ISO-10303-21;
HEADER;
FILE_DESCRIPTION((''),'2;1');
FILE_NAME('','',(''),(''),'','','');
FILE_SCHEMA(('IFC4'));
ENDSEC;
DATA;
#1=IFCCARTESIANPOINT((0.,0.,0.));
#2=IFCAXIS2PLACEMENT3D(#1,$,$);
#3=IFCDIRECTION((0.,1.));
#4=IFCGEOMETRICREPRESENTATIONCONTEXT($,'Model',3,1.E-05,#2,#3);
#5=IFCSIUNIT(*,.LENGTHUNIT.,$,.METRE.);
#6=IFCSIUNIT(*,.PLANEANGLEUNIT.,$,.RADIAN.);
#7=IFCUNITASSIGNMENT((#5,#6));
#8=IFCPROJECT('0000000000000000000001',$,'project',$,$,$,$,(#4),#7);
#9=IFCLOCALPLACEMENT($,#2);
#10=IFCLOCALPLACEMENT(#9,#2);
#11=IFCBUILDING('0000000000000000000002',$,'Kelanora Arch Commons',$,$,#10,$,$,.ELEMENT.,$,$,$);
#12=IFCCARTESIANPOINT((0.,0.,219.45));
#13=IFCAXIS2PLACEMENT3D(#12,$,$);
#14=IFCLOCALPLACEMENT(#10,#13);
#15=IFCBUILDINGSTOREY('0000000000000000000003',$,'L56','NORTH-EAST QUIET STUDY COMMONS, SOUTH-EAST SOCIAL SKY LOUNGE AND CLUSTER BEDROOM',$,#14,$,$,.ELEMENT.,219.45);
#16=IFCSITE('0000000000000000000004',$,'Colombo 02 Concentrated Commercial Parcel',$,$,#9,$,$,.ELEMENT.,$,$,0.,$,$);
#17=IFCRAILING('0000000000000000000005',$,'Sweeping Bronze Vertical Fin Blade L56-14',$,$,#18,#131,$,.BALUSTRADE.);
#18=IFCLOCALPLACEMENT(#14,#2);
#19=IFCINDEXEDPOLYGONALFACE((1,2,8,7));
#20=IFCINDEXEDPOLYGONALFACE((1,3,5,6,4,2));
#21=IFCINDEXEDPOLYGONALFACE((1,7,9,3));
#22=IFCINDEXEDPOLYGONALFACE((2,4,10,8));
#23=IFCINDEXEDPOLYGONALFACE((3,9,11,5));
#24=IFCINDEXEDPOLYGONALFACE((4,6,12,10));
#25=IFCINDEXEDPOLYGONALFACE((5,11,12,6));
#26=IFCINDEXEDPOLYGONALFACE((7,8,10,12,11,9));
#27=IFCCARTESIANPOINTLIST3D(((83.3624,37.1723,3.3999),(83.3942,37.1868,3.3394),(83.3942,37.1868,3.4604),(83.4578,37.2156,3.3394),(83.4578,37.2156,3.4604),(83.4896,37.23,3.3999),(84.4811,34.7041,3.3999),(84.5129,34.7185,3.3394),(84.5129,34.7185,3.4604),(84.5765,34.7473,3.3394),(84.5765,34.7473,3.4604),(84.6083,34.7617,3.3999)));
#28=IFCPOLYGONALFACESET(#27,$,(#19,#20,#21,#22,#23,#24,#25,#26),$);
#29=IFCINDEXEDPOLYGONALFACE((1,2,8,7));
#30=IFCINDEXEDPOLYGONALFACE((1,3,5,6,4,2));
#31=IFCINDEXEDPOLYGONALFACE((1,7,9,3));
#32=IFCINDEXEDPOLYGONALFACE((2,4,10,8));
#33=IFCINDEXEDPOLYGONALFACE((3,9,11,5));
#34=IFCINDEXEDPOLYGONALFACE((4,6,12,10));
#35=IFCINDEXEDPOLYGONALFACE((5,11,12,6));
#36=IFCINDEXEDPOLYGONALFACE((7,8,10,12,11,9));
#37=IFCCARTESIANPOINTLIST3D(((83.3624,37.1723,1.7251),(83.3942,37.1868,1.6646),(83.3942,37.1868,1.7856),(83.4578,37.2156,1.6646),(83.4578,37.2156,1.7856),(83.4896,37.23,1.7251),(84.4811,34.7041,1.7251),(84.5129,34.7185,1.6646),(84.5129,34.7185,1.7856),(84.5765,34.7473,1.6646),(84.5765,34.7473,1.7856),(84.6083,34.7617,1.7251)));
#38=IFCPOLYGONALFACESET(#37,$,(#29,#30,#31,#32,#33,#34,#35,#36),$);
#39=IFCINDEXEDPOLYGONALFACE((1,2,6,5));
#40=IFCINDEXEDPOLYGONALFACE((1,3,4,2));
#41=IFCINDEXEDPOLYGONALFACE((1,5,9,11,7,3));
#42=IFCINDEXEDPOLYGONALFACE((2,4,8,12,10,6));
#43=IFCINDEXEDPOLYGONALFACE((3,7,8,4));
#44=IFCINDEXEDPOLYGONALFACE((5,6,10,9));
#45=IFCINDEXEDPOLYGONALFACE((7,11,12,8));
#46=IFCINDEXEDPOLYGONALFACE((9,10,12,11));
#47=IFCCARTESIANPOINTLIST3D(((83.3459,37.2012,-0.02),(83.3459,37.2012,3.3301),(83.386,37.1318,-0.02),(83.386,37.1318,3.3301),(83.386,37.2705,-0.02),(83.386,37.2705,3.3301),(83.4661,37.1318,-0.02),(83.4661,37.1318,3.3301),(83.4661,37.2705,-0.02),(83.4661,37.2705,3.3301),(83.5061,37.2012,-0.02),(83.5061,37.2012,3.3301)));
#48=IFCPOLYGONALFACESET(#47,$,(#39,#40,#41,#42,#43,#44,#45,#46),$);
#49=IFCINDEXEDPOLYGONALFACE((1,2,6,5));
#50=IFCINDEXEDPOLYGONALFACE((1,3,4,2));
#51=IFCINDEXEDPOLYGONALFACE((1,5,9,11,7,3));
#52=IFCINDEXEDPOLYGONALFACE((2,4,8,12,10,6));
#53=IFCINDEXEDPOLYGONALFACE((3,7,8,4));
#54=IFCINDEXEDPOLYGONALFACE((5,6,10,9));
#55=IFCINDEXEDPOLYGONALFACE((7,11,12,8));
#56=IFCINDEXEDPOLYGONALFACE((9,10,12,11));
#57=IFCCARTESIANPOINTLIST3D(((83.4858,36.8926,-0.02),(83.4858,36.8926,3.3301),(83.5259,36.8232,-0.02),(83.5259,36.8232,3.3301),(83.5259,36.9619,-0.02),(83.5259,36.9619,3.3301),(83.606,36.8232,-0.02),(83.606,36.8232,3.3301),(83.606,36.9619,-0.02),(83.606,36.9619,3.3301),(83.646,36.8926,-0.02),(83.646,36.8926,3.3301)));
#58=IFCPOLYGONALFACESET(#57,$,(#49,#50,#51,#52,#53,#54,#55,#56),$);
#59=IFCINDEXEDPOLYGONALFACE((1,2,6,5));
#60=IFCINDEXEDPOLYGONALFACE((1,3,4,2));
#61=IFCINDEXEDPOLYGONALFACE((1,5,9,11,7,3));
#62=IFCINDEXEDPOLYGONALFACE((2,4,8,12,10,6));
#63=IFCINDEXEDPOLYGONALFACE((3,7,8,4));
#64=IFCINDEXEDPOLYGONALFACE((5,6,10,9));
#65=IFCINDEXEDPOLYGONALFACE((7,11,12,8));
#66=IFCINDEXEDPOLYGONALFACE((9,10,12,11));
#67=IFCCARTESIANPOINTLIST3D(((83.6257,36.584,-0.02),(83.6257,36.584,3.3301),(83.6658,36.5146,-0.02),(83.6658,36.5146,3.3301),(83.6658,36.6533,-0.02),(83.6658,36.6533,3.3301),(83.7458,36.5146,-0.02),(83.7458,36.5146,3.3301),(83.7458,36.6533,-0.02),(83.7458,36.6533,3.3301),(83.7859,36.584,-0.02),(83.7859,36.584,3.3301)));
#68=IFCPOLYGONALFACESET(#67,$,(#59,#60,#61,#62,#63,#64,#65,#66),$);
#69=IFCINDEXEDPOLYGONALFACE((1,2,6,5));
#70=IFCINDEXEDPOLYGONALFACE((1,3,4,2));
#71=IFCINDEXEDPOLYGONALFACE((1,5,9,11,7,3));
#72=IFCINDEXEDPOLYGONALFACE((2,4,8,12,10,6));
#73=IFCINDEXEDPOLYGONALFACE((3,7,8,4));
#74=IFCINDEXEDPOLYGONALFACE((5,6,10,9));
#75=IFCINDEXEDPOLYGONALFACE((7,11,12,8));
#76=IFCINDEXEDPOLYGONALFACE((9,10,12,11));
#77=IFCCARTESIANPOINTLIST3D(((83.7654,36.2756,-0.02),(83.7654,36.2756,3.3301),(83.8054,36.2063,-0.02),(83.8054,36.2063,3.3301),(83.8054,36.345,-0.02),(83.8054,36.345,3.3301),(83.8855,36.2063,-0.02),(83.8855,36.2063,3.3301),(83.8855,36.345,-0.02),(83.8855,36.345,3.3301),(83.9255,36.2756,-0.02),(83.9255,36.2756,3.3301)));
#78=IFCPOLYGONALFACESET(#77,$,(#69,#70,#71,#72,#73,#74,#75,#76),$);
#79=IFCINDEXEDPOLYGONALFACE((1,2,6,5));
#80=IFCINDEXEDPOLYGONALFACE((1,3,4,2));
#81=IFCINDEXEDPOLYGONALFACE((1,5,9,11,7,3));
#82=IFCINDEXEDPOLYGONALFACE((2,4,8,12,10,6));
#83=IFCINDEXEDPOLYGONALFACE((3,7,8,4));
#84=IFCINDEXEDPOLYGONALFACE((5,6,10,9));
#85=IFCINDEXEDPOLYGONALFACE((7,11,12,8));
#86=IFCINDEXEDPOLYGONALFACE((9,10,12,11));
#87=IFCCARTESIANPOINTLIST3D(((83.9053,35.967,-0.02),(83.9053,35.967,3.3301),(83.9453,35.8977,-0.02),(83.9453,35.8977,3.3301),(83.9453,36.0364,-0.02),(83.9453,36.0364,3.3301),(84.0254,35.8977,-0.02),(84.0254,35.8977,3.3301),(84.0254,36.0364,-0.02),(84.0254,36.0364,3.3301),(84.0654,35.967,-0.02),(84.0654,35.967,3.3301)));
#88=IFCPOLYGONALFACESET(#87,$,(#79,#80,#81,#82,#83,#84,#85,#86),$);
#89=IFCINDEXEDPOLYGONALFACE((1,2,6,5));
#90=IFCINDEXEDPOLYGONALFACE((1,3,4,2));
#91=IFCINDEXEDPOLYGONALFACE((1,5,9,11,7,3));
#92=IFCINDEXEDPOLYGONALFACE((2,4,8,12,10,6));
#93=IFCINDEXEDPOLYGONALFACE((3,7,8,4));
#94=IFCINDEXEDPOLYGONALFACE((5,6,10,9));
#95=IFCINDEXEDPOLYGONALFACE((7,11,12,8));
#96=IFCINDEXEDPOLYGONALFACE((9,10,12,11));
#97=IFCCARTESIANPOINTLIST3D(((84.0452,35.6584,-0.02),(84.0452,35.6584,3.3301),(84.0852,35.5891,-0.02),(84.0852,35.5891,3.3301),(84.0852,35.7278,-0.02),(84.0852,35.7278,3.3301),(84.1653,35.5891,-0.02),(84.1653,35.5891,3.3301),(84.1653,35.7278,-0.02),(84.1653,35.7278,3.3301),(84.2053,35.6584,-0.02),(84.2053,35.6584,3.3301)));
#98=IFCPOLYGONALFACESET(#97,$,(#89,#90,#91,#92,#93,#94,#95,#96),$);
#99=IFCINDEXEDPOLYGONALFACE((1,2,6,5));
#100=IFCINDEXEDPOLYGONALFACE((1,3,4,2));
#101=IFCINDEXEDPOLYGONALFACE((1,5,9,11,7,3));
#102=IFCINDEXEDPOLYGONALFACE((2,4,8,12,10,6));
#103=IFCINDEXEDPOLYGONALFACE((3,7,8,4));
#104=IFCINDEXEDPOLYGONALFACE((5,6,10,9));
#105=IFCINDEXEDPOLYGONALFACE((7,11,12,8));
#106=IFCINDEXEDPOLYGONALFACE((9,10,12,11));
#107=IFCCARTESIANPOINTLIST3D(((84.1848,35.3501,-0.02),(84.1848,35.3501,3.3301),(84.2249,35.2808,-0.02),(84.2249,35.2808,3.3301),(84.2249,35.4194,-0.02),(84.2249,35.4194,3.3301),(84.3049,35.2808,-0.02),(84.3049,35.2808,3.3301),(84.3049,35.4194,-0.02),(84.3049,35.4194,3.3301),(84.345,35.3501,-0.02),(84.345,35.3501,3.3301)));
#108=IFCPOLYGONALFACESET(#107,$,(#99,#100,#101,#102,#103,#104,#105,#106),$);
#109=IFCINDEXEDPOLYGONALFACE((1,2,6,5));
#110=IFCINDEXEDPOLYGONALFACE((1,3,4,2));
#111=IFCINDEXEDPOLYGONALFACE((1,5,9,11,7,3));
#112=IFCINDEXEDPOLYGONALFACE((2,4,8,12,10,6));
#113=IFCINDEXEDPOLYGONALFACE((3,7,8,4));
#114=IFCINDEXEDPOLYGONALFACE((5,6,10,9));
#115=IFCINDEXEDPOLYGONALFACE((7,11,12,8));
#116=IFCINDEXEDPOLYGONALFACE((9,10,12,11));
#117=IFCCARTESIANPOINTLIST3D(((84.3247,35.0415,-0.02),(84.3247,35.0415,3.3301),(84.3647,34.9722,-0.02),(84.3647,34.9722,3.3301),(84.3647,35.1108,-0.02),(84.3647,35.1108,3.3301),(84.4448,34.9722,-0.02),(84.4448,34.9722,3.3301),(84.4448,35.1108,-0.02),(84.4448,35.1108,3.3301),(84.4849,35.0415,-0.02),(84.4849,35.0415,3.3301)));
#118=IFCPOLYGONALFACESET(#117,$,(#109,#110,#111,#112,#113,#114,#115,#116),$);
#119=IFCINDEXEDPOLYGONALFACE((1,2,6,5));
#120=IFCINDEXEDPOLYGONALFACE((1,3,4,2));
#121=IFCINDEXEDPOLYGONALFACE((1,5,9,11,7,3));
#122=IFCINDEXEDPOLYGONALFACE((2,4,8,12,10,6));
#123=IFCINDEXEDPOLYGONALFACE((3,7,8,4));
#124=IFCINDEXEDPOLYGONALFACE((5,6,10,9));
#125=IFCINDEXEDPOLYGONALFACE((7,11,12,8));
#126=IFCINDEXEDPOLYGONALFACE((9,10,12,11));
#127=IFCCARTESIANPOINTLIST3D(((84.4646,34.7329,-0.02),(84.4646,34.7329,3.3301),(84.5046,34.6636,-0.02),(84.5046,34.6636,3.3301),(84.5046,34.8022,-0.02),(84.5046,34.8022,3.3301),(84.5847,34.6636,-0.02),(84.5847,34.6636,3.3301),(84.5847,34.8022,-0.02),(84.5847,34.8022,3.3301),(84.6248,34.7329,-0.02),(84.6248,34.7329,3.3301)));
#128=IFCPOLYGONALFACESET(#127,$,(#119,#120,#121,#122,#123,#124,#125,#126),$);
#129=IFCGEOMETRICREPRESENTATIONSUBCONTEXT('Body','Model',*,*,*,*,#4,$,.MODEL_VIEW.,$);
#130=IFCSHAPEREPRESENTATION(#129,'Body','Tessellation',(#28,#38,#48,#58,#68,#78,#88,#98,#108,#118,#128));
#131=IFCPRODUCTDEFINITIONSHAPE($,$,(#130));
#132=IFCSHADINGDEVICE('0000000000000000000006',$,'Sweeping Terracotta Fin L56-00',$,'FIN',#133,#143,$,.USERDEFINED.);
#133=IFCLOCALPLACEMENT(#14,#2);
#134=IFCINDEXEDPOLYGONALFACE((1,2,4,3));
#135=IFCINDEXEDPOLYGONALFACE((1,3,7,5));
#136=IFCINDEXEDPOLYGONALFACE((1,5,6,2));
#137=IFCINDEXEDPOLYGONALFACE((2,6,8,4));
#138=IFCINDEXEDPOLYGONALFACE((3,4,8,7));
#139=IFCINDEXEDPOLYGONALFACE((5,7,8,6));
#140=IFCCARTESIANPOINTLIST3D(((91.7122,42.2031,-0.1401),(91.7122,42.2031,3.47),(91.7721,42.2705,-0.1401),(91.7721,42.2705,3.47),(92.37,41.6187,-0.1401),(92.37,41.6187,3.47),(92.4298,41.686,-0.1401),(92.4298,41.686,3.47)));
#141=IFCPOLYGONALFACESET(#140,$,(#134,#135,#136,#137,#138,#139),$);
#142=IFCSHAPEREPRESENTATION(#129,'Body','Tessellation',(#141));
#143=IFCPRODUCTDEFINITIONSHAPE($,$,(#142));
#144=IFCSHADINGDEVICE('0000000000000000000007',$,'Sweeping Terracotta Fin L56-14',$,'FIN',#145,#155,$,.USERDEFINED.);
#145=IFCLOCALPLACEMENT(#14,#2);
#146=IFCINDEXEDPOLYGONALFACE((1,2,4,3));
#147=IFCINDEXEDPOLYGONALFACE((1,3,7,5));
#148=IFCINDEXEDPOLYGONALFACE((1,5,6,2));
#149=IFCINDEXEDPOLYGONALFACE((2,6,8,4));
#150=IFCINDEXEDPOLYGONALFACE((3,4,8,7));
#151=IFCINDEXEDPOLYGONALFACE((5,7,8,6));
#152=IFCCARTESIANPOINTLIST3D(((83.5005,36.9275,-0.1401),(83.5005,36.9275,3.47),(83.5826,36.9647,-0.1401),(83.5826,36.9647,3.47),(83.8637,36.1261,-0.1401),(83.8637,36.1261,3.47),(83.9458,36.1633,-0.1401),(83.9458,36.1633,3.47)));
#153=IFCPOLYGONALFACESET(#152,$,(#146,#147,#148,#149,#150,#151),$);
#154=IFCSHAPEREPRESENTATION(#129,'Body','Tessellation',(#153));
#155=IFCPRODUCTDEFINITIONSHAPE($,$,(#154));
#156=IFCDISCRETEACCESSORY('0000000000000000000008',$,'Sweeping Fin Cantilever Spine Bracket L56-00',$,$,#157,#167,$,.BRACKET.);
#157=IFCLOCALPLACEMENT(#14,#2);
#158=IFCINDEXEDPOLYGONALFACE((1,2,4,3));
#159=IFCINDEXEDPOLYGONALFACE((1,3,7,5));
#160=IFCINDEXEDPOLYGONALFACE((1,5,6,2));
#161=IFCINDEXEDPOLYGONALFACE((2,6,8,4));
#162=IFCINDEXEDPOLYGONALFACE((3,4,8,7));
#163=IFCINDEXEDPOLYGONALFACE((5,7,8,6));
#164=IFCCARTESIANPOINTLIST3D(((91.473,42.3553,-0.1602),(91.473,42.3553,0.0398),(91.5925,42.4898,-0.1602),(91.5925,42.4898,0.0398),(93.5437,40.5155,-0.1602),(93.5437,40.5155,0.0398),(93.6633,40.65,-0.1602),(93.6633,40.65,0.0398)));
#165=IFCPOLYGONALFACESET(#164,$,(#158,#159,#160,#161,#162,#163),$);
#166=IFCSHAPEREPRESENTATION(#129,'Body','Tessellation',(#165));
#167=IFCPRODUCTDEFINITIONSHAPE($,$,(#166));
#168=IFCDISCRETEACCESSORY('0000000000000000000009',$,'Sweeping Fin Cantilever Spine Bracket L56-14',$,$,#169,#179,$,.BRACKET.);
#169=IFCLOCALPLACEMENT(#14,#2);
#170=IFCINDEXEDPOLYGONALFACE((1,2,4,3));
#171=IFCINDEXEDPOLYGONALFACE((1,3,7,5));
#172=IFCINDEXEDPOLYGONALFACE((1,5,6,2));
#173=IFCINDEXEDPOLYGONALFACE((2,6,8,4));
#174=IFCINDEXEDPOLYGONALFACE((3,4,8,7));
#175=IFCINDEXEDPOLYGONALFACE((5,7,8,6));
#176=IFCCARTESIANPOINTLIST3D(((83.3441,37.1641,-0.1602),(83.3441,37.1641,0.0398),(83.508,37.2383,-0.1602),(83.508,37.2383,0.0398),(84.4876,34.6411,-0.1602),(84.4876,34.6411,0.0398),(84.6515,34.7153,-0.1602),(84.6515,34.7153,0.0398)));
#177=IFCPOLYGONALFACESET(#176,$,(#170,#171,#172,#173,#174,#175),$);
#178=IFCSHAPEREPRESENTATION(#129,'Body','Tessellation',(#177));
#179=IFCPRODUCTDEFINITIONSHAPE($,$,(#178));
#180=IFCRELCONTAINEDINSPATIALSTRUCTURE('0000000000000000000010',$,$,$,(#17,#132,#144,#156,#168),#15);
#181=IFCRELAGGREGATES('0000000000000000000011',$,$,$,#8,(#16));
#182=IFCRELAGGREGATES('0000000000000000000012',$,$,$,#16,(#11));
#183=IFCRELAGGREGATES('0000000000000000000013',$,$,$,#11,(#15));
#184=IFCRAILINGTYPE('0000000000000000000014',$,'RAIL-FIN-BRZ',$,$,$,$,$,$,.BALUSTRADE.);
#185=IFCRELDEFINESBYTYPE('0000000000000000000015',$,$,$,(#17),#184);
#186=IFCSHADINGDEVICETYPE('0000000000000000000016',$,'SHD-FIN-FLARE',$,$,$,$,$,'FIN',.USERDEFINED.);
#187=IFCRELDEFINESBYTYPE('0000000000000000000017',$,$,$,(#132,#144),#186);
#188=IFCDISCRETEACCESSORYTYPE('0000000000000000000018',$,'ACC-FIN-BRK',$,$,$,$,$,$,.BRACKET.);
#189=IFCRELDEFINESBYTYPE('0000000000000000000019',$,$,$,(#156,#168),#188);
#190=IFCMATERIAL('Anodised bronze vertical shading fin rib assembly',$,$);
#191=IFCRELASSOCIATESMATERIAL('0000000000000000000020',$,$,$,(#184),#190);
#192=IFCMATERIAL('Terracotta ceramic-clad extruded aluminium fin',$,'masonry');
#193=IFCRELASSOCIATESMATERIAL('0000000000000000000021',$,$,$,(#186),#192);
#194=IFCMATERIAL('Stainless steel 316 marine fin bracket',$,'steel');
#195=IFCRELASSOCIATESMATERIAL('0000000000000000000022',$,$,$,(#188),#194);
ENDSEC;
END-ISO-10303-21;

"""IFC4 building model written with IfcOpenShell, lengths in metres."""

from ifc_helpers import new_model, si_unit, direction, frame, origin, origin_2d, place, context, subcontext, project, spatial, polyline, rectangle, outline, extrude, source, transform, mapped, material, type_object, element, save


model = new_model("IFC4")

# Units and contexts
model_context = context("Model", 3, precision=1e-05, world=origin(), true_north=direction((0.0, 1.0)))
body_context = subcontext(model_context, "Body", "Model", "MODEL_VIEW")
ifc_project = project(units=[si_unit("LENGTHUNIT", "METRE"), si_unit("PLANEANGLEUNIT", "RADIAN")], contexts=[model_context])

# Site, building, storey
site_placement = place(None, origin())
site = spatial("IfcSite", under=ifc_project, at=site_placement, Name="Colombo 02 Concentrated Commercial Parcel", CompositionType="ELEMENT", RefElevation=0.0)
building_placement = place(site_placement, origin())
building = spatial("IfcBuilding", under=site, at=building_placement, Name="Kelanora Arch Commons", CompositionType="ELEMENT")
storey_placement = place(building_placement, frame((0.0, 0.0, 219.45)))
storey = spatial("IfcBuildingStorey", under=building, at=storey_placement, Name="L56", Description="NORTH-EAST QUIET STUDY COMMONS, SOUTH-EAST SOCIAL SKY LOUNGE AND CLUSTER BEDROOM", CompositionType="ELEMENT", Elevation=219.45)

# Railing
ifc_material_1 = material(Name="Anodised bronze vertical shading fin rib assembly")
railing_type = type_object("IfcRailingType", Name="RAIL-FIN-BRZ", PredefinedType="BALUSTRADE", material=ifc_material_1)
railing_1_placement = place(storey_placement, frame((83.426, 37.2012, -0.02)))
element("IfcRailing", 1, at=railing_1_placement, inside=storey, type_object=railing_type, Name="Sweeping Bronze Vertical Fin Blade L56-14", PredefinedType="BALUSTRADE", context=body_context, shape_type="SweptSolid", body=[
    extrude(outline(polyline([(0.0698, 0.0), (0.0349, 0.0605), (-0.0349, 0.0605), (-0.0698, 0.0), (-0.0349, -0.0605), (0.0349, -0.0605), (0.0698, 0.0)])), frame((0.0, 0.0, 3.4199), z_axis=(0.412798, -0.910823, 0.0), x_axis=(0.910823, 0.412798, 0.0)), (0.0, 0.0, 1.0), 2.71),
    extrude(outline(polyline([(0.0698, 0.0), (0.0349, 0.0605), (-0.0349, 0.0605), (-0.0698, 0.0), (-0.0349, -0.0605), (0.0349, -0.0605), (0.0698, 0.0)])), frame((0.0, 0.0, 1.7451), z_axis=(0.412798, -0.910823, 0.0), x_axis=(0.910823, 0.412798, 0.0)), (0.0, 0.0, 1.0), 2.71),
    extrude(outline(polyline([(0.0801, 0.0), (0.04, 0.0693), (-0.04, 0.0693), (-0.0801, 0.0), (-0.04, -0.0693), (0.04, -0.0693), (0.0801, 0.0)])), origin(), (0.0, 0.0, 1.0), 3.3501),
    extrude(outline(polyline([(0.0801, 0.0), (0.04, 0.0693), (-0.04, 0.0693), (-0.0801, 0.0), (-0.04, -0.0693), (0.04, -0.0693), (0.0801, 0.0)])), frame((0.1399, -0.3086, 0.0)), (0.0, 0.0, 1.0), 3.3501),
    extrude(outline(polyline([(0.0801, 0.0), (0.04, 0.0693), (-0.04, 0.0693), (-0.0801, 0.0), (-0.04, -0.0693), (0.04, -0.0693), (0.0801, 0.0)])), frame((0.2798, -0.6172, 0.0)), (0.0, 0.0, 1.0), 3.3501),
    extrude(outline(polyline([(0.0801, 0.0), (0.04, 0.0693), (-0.04, 0.0693), (-0.0801, 0.0), (-0.04, -0.0693), (0.04, -0.0693), (0.0801, 0.0)])), frame((0.4194, -0.9255, 0.0)), (0.0, 0.0, 1.0), 3.3501),
    extrude(outline(polyline([(0.0801, 0.0), (0.04, 0.0693), (-0.04, 0.0693), (-0.0801, 0.0), (-0.04, -0.0693), (0.04, -0.0693), (0.0801, 0.0)])), frame((0.5593, -1.2341, 0.0)), (0.0, 0.0, 1.0), 3.3501),
    extrude(outline(polyline([(0.0801, 0.0), (0.04, 0.0693), (-0.04, 0.0693), (-0.0801, 0.0), (-0.04, -0.0693), (0.04, -0.0693), (0.0801, 0.0)])), frame((0.6992, -1.5427, 0.0)), (0.0, 0.0, 1.0), 3.3501),
    extrude(outline(polyline([(0.0801, 0.0), (0.04, 0.0693), (-0.04, 0.0693), (-0.0801, 0.0), (-0.04, -0.0693), (0.04, -0.0693), (0.0801, 0.0)])), frame((0.8389, -1.8511, 0.0)), (0.0, 0.0, 1.0), 3.3501),
    extrude(outline(polyline([(0.0801, 0.0), (0.04, 0.0693), (-0.04, 0.0693), (-0.0801, 0.0), (-0.04, -0.0693), (0.04, -0.0693), (0.0801, 0.0)])), frame((0.9788, -2.1597, 0.0)), (0.0, 0.0, 1.0), 3.3501),
    extrude(outline(polyline([(0.0801, 0.0), (0.04, 0.0693), (-0.04, 0.0693), (-0.0801, 0.0), (-0.04, -0.0693), (0.04, -0.0693), (0.0801, 0.0)])), frame((1.1187, -2.4683, 0.0)), (0.0, 0.0, 1.0), 3.3501),
])

# Shading devices
ifc_material_2 = material(Name="Terracotta ceramic-clad extruded aluminium fin", Category="masonry")
shading_device_type = type_object("IfcShadingDeviceType", Name="SHD-FIN-FLARE", ElementType="FIN", PredefinedType="USERDEFINED", material=ifc_material_2)
shared_shape_1 = source(origin(), body_context, "Body", "SweptSolid", [
    extrude(rectangle(XDim=0.8799, YDim=0.0901, at=origin_2d()), origin(), (0.0, 0.0, 1.0), 3.6101),
])
for number, where, z_axis, x_axis, name in (
    (2, (92.071, 41.9446, -0.1401), (0.0, 0.0, 1.0), (0.747566, -0.664187, 0.0), "Sweeping Terracotta Fin L56-00"),
    (3, (83.7231, 36.5454, -0.1401), (0.0, 0.0, 1.0), (0.412787, -0.910828, 0.0), "Sweeping Terracotta Fin L56-14"),
):
    element("IfcShadingDevice", number, at=place(storey_placement, frame(where, z_axis=z_axis, x_axis=x_axis)), inside=storey, type_object=shading_device_type, Name=name, ObjectType="FIN", PredefinedType="USERDEFINED", context=body_context, shape_type="MappedRepresentation", body=[
        mapped(shared_shape_1, transform((0.0, 0.0, 0.0), scale=1.0)),
    ])

# Discrete accessories
ifc_material_3 = material(Name="Stainless steel 316 marine fin bracket", Category="steel")
discrete_accessory_type = type_object("IfcDiscreteAccessoryType", Name="ACC-FIN-BRK", PredefinedType="BRACKET", material=ifc_material_3)
shared_shape_2 = source(origin(), body_context, "Body", "SweptSolid", [
    extrude(rectangle(XDim=2.77, YDim=0.1799, at=origin_2d()), origin(), (0.0, 0.0, 1.0), 0.2),
])
for number, where, z_axis, x_axis, name in (
    (4, (92.5681, 41.5027, -0.1602), (0.0, 0.0, 1.0), (0.747566, -0.664187, 0.0), "Sweeping Fin Cantilever Spine Bracket L56-00"),
    (5, (83.9978, 35.9397, -0.1602), (0.0, 0.0, 1.0), (0.412787, -0.910828, 0.0), "Sweeping Fin Cantilever Spine Bracket L56-14"),
):
    element("IfcDiscreteAccessory", number, at=place(storey_placement, frame(where, z_axis=z_axis, x_axis=x_axis)), inside=storey, type_object=discrete_accessory_type, Name=name, PredefinedType="BRACKET", context=body_context, shape_type="MappedRepresentation", body=[
        mapped(shared_shape_2, transform((0.0, 0.0, 0.0), scale=1.0)),
    ])

save(model, "model.ifc")
